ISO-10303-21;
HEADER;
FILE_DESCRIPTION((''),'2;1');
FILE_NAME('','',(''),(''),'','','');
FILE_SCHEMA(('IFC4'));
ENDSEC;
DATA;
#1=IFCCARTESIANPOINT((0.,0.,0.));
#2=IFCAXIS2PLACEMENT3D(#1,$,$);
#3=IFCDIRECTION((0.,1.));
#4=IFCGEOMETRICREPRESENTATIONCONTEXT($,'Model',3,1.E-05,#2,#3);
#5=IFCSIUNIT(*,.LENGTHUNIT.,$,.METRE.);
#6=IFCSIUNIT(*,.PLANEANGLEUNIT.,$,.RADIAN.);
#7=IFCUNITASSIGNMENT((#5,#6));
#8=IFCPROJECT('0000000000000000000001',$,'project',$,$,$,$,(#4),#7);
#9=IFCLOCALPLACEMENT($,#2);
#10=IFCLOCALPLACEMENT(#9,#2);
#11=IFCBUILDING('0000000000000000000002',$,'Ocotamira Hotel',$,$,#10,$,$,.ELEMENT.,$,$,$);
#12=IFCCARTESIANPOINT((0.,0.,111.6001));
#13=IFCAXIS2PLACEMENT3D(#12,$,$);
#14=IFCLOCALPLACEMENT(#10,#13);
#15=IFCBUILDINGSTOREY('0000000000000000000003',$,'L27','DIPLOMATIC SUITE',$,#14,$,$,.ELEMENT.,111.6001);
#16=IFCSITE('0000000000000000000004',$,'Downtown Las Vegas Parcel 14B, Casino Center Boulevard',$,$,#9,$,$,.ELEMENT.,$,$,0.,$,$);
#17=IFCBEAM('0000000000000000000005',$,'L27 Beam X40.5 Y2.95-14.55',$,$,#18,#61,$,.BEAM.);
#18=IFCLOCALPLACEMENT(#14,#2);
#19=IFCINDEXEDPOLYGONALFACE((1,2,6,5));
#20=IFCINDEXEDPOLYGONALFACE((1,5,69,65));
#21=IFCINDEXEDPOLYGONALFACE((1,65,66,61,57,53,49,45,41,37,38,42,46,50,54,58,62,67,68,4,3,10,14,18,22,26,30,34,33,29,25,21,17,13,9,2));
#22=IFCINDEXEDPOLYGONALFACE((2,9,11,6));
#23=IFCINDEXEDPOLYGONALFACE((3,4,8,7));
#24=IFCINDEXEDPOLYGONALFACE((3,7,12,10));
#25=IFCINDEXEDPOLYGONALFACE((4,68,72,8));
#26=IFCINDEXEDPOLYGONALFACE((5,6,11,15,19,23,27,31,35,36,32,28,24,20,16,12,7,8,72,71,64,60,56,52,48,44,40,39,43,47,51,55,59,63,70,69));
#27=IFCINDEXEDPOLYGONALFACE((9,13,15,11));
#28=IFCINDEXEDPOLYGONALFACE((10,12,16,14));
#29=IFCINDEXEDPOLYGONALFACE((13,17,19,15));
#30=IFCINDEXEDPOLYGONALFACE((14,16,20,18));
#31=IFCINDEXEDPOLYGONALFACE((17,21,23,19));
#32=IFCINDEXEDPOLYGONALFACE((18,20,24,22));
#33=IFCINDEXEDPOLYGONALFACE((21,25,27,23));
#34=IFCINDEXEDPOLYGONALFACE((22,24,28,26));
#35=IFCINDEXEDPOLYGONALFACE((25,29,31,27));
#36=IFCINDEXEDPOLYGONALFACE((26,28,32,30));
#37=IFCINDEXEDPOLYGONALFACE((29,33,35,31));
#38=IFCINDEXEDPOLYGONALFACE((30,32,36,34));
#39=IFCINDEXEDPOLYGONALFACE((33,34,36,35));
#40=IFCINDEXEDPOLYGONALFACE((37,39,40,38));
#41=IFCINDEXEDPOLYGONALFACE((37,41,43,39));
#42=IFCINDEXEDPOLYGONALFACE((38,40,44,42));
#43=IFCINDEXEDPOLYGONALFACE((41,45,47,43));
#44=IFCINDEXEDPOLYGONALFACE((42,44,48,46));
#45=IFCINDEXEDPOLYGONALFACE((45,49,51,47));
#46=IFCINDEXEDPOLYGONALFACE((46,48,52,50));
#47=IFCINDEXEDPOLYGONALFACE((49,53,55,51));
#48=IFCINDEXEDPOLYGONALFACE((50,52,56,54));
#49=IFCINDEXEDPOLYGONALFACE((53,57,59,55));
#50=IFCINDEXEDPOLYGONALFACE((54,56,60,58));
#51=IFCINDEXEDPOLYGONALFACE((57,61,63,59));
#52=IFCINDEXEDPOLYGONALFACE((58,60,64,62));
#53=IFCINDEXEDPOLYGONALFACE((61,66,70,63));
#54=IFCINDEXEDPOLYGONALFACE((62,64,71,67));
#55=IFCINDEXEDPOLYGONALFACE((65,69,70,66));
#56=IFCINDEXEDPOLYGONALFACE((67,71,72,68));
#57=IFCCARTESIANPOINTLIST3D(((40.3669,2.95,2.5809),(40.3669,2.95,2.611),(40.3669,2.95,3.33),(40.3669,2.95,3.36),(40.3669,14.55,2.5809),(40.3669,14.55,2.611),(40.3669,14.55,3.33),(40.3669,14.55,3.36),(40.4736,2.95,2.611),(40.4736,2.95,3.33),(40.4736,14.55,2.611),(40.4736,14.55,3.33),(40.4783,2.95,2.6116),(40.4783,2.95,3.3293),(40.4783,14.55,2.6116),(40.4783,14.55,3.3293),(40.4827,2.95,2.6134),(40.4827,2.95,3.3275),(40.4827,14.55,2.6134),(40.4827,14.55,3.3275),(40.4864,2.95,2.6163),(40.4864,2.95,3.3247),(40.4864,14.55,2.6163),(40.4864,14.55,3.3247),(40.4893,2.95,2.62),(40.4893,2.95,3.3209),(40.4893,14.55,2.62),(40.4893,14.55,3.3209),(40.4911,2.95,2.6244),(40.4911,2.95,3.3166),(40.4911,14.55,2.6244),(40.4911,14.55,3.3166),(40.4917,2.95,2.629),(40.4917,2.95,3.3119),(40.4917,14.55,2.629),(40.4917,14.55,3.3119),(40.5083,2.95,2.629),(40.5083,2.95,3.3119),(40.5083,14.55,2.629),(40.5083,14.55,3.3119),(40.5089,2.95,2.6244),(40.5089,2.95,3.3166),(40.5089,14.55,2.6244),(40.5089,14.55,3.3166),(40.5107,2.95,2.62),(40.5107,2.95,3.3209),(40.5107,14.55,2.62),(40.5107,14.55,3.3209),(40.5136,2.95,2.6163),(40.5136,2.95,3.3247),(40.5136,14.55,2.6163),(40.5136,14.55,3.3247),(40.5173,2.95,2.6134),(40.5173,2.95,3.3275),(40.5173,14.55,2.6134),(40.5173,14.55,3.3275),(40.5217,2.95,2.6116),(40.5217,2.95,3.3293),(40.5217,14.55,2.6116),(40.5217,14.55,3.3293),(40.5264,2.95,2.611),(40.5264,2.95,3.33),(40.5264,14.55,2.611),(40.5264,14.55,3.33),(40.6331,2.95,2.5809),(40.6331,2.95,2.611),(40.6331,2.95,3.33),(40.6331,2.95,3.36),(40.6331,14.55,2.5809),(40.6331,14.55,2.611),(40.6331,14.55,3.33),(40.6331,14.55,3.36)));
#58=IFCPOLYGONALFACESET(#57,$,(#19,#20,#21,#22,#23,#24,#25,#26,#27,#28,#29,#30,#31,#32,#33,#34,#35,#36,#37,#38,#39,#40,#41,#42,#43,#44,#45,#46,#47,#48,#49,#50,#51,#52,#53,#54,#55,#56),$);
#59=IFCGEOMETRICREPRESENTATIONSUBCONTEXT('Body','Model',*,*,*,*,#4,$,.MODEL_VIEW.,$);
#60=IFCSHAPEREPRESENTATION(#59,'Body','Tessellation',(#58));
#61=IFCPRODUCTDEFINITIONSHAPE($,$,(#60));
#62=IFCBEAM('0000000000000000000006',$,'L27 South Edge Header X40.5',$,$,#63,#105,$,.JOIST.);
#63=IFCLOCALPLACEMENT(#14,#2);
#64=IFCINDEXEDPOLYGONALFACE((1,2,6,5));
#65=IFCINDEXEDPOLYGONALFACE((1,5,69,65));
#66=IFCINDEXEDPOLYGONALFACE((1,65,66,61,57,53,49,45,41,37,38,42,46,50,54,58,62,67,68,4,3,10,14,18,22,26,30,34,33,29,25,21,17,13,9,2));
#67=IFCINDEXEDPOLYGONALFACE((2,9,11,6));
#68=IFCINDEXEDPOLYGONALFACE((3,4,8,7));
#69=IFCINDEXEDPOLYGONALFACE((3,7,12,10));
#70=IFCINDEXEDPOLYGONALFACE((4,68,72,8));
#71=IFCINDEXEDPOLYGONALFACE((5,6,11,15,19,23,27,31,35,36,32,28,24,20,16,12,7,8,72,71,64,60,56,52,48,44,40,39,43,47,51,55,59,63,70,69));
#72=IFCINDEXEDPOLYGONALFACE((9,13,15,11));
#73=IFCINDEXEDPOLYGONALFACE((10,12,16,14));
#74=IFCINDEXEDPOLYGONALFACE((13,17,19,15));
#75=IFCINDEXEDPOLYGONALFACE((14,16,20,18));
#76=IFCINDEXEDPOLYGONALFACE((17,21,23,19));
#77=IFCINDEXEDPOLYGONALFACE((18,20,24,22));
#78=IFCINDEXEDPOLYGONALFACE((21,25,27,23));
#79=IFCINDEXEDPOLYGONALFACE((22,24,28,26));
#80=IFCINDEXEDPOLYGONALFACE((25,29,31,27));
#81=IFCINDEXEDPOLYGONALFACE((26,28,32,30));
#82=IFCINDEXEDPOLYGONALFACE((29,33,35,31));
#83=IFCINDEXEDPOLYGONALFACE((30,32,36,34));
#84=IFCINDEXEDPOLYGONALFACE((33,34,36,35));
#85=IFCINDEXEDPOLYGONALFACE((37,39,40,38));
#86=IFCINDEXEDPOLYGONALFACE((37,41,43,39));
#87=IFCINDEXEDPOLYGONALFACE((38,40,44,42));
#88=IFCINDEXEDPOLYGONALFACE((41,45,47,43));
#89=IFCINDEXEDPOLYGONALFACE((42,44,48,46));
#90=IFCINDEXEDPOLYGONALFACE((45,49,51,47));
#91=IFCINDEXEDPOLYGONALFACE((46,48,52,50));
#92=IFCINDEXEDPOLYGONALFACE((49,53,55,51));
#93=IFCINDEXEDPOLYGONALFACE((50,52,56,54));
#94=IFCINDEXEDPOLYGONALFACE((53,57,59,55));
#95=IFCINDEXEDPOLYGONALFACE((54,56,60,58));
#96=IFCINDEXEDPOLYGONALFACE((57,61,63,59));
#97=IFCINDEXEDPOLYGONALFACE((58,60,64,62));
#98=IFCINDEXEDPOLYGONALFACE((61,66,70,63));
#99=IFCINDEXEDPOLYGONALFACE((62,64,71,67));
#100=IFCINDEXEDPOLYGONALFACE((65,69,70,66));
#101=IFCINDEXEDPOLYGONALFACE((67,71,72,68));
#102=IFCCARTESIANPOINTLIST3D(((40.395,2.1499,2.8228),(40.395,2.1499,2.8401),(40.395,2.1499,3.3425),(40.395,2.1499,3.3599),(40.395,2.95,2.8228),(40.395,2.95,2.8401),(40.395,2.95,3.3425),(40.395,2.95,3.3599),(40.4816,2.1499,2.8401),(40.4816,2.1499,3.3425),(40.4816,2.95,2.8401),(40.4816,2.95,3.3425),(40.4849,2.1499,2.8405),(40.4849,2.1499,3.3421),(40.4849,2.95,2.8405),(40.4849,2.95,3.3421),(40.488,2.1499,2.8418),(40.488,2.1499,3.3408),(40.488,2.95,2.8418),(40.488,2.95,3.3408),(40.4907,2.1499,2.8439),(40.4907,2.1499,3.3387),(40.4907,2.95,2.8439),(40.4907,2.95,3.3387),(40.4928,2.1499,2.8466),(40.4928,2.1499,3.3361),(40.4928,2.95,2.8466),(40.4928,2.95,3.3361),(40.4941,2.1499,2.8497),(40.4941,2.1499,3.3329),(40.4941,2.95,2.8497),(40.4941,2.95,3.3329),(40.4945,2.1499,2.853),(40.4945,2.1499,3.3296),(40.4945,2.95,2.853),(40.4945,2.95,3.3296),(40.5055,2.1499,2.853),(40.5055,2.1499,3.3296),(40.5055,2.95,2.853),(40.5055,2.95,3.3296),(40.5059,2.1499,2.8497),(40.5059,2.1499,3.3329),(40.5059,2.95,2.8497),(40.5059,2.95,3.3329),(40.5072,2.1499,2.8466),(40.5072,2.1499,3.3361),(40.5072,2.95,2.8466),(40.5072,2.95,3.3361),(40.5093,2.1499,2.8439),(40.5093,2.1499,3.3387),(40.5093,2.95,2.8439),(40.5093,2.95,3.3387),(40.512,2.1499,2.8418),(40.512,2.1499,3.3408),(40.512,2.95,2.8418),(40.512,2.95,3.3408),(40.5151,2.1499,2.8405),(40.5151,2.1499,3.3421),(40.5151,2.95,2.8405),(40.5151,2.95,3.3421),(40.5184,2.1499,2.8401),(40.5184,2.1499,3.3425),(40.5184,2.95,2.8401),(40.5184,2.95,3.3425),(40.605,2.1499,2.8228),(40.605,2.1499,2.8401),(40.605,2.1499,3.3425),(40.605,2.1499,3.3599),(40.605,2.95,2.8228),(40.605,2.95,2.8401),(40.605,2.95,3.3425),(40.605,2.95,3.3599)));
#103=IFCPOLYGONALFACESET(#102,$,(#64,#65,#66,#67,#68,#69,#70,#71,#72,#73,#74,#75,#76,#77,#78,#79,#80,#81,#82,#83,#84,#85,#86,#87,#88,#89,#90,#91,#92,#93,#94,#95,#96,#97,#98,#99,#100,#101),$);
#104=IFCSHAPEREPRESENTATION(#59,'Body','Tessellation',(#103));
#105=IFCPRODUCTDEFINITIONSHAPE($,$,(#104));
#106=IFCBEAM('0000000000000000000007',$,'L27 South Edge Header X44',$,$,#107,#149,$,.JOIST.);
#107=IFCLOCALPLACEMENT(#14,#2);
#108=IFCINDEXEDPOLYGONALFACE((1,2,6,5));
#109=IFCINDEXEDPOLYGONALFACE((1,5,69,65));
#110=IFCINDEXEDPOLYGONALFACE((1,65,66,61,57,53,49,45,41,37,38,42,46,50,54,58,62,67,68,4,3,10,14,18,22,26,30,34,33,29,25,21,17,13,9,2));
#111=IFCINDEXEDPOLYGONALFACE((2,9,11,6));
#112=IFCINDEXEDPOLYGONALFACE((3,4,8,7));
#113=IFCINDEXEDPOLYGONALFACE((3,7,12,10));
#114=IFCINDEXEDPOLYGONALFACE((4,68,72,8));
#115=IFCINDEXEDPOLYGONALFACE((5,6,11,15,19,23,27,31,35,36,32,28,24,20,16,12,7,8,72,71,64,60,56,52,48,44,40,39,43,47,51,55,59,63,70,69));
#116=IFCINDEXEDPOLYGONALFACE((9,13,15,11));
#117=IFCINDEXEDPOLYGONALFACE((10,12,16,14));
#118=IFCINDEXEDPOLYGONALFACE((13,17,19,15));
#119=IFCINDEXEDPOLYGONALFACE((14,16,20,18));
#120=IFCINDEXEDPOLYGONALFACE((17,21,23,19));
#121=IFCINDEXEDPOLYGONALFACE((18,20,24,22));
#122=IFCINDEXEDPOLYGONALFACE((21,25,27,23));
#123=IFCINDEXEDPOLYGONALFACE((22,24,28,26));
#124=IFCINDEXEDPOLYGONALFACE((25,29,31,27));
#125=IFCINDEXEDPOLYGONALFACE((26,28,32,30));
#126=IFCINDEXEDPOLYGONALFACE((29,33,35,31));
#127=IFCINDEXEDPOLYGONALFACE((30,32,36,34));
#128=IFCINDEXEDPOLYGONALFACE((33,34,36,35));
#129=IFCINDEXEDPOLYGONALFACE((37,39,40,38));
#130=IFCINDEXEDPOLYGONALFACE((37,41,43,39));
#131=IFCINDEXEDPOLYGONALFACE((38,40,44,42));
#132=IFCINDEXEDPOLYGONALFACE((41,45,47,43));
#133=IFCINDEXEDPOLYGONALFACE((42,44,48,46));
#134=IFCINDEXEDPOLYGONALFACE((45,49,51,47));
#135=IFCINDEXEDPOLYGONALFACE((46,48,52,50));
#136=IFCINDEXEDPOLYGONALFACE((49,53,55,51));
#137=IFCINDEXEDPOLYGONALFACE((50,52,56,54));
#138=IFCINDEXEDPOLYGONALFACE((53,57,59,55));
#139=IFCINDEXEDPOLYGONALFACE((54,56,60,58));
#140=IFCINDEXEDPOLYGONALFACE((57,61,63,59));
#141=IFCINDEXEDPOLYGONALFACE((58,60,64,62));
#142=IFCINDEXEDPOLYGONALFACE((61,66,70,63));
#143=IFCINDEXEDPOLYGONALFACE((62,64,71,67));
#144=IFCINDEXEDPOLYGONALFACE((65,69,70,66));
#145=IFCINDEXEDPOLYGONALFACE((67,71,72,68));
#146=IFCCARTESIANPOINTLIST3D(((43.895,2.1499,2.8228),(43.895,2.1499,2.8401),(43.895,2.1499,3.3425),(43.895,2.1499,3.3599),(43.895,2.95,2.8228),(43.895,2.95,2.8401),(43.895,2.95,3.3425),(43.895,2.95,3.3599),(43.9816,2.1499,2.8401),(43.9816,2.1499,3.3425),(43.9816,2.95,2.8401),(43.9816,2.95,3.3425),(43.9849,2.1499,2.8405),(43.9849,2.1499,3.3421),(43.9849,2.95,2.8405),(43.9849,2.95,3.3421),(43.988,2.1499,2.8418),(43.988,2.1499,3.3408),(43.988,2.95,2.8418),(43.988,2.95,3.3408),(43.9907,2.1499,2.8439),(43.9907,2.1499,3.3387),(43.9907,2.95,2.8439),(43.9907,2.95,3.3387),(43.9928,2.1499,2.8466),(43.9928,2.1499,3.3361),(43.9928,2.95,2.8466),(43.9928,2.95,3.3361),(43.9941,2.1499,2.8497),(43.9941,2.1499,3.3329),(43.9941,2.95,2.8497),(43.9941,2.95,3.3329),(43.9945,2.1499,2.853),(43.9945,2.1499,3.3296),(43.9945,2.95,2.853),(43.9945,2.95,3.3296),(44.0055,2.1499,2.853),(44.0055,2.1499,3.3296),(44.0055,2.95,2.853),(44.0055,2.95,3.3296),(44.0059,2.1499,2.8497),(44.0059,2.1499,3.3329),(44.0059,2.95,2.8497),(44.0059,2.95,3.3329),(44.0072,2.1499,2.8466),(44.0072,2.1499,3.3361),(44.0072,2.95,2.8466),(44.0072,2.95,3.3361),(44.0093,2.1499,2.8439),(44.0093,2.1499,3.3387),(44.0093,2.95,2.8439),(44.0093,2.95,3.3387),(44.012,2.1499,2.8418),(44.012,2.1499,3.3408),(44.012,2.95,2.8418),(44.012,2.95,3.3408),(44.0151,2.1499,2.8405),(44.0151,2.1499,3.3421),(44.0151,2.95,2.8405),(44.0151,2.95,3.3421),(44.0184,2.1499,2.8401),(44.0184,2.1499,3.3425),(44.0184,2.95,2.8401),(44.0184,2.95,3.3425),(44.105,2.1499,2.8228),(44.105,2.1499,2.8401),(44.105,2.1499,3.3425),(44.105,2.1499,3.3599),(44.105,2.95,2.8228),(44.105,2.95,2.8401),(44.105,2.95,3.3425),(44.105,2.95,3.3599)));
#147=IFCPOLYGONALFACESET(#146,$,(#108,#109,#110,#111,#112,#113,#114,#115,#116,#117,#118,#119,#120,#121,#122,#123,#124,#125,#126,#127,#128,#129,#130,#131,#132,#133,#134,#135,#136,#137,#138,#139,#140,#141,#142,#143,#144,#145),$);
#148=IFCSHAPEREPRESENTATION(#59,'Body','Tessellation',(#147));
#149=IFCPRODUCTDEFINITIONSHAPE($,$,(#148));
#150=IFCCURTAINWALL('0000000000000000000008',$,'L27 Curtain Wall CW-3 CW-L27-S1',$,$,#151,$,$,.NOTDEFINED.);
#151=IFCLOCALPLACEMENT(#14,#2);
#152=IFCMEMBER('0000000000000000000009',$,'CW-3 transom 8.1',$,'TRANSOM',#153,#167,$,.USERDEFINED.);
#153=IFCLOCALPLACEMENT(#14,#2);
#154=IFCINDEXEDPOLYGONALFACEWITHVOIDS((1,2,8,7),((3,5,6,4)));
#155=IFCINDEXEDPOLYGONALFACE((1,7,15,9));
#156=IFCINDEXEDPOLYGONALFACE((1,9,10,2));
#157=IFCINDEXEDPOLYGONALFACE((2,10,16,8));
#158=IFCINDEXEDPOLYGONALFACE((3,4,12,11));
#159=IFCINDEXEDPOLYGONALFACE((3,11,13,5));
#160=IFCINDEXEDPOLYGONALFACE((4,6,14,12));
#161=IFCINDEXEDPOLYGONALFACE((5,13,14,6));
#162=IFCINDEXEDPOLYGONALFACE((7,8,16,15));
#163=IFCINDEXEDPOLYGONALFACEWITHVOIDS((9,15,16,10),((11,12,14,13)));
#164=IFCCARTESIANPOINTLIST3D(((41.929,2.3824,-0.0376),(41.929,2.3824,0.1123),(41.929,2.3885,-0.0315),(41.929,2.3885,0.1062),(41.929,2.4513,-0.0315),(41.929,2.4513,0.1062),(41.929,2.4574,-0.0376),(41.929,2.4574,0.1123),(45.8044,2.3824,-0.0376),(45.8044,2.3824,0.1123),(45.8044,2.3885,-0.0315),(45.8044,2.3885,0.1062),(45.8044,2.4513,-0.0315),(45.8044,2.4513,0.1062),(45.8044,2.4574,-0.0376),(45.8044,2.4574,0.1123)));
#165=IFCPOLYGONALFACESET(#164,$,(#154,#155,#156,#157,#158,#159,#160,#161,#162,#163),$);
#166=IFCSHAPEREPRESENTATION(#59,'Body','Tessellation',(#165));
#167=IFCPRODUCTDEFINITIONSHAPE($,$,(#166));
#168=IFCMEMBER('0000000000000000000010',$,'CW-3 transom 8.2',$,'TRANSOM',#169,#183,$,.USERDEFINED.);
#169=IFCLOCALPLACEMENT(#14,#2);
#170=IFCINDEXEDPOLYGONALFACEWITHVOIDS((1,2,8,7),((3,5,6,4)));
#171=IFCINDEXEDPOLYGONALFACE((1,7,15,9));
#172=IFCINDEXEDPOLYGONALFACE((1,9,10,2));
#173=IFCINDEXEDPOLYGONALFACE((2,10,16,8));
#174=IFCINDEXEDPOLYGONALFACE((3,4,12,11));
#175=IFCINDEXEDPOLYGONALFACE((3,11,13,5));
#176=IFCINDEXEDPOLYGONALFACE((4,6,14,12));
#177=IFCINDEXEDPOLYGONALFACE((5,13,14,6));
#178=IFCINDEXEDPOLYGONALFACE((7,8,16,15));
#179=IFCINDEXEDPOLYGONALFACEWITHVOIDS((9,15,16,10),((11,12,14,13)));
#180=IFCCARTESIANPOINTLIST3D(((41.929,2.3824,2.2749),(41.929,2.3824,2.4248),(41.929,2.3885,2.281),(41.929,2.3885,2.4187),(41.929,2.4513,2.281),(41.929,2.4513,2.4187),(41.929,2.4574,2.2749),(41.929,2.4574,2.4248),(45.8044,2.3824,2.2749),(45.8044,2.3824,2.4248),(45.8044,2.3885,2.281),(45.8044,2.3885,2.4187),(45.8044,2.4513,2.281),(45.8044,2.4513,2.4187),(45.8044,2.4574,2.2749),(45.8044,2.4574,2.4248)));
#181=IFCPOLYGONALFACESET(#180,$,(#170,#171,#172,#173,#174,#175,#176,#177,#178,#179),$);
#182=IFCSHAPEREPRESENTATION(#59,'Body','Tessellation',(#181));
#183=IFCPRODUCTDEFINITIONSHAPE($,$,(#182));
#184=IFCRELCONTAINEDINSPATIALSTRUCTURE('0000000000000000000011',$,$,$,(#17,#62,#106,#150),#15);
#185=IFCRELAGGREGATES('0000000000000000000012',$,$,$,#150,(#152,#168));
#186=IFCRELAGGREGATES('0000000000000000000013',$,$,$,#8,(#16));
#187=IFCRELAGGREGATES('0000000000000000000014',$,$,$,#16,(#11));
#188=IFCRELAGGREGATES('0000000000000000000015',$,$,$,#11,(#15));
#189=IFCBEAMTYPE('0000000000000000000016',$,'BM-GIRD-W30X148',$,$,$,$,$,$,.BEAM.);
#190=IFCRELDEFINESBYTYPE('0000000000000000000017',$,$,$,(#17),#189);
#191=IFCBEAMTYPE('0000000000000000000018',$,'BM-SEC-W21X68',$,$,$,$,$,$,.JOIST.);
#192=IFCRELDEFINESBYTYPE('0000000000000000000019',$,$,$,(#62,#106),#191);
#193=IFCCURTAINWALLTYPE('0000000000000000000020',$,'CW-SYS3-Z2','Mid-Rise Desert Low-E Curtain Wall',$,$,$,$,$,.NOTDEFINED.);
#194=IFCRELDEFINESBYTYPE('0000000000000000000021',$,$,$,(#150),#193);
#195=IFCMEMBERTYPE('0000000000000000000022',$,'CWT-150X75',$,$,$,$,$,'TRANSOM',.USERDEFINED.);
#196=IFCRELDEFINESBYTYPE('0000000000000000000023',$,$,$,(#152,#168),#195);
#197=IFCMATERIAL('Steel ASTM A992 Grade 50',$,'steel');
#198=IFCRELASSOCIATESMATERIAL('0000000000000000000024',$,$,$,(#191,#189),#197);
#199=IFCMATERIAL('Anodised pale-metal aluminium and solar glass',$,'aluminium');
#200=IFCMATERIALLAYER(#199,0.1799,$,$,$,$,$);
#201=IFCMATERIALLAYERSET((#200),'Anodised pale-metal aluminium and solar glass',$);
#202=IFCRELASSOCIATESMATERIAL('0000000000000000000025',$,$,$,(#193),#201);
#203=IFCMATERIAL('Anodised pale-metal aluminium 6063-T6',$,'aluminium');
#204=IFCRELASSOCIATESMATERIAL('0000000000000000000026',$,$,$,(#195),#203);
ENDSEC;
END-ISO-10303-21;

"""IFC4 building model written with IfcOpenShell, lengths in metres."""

from ifc_helpers import new_model, si_unit, direction, frame, origin, origin_2d, place, context, subcontext, project, spatial, hollow_rectangle, i_section, extrude, source, transform, mapped, material, layer, layer_set, material_profile, profile_set, type_object, element, aggregate, save


model = new_model("IFC4")

# Units and contexts
model_context = context("Model", 3, precision=1e-05, world=origin(), true_north=direction((0.0, 1.0)))
body_context = subcontext(model_context, "Body", "Model", "MODEL_VIEW")
ifc_project = project(units=[si_unit("LENGTHUNIT", "METRE"), si_unit("PLANEANGLEUNIT", "RADIAN")], contexts=[model_context])

# Site, building, storey
site_placement = place(None, origin())
site = spatial("IfcSite", under=ifc_project, at=site_placement, Name="Downtown Las Vegas Parcel 14B, Casino Center Boulevard", CompositionType="ELEMENT", RefElevation=0.0)
building_placement = place(site_placement, origin())
building = spatial("IfcBuilding", under=site, at=building_placement, Name="Ocotamira Hotel", CompositionType="ELEMENT")
storey_placement = place(building_placement, frame((0.0, 0.0, 111.6001)))
storey = spatial("IfcBuildingStorey", under=building, at=storey_placement, Name="L27", Description="DIPLOMATIC SUITE", CompositionType="ELEMENT", Elevation=111.6001)

# Beams
ifc_material_1 = material(Name="Steel ASTM A992 Grade 50", Category="steel")
ifc_material_profile_1 = material_profile(ifc_material_1, i_section(OverallWidth=0.21, OverallDepth=0.5371, WebThickness=0.011, FlangeThickness=0.0173, FilletRadius=0.0129, at=origin_2d()), Name="W21X68")
ifc_profile_set_1 = profile_set([ifc_material_profile_1], Name="Steel ASTM A992 Grade 50")
beam_type_1 = type_object("IfcBeamType", Name="BM-SEC-W21X68", PredefinedType="JOIST", material=ifc_profile_set_1)
ifc_material_profile_2 = material_profile(ifc_material_1, i_section(OverallWidth=0.2661, OverallDepth=0.7791, WebThickness=0.0166, FlangeThickness=0.03, FilletRadius=0.0181, at=origin_2d()), Name="W30X148")
ifc_profile_set_2 = profile_set([ifc_material_profile_2], Name="Steel ASTM A992 Grade 50")
beam_type_2 = type_object("IfcBeamType", Name="BM-GIRD-W30X148", PredefinedType="BEAM", material=ifc_profile_set_2)
shared_shape_1 = source(origin(), body_context, "Body", "SweptSolid", [
    extrude(i_section(OverallWidth=0.2661, OverallDepth=0.7791, WebThickness=0.0166, FlangeThickness=0.03, FilletRadius=0.0181, at=origin_2d()), origin(), (0.0, 0.0, 1.0), 11.6001),
])
beam_1_placement = place(storey_placement, frame((40.5, 2.95, 2.9705), z_axis=(0.0, 1.0, 0.0), x_axis=(-1.0, 0.0, 0.0)))
element("IfcBeam", 1, at=beam_1_placement, inside=storey, type_object=beam_type_2, Name="L27 Beam X40.5 Y2.95-14.55", PredefinedType="BEAM", context=body_context, shape_type="MappedRepresentation", body=[
    mapped(shared_shape_1, transform((0.0, 0.0, 0.0), scale=1.0)),
])
shared_shape_2 = source(origin(), body_context, "Body", "SweptSolid", [
    extrude(i_section(OverallWidth=0.21, OverallDepth=0.5371, WebThickness=0.011, FlangeThickness=0.0173, FilletRadius=0.0129, at=origin_2d()), origin(), (0.0, 0.0, 1.0), 0.8),
])
for number, where, z_axis, x_axis, name in (
    (2, (40.5, 2.95, 3.0913), (0.0, -1.0, 0.0), (1.0, 0.0, 0.0), "L27 South Edge Header X40.5"),
    (3, (44.0, 2.95, 3.0913), (0.0, -1.0, 0.0), (1.0, 0.0, 0.0), "L27 South Edge Header X44"),
):
    element("IfcBeam", number, at=place(storey_placement, frame(where, z_axis=z_axis, x_axis=x_axis)), inside=storey, type_object=beam_type_1, Name=name, PredefinedType="JOIST", context=body_context, shape_type="MappedRepresentation", body=[
        mapped(shared_shape_2, transform((0.0, 0.0, 0.0), scale=1.0)),
    ])

# Curtain wall, members
ifc_material_2 = material(Name="Anodised pale-metal aluminium and solar glass", Category="aluminium")
ifc_layer_1 = layer(ifc_material_2, 0.1799)
ifc_layer_set_1 = layer_set([ifc_layer_1], Name="Anodised pale-metal aluminium and solar glass")
curtain_wall_type = type_object("IfcCurtainWallType", Name="CW-SYS3-Z2", Description="Mid-Rise Desert Low-E Curtain Wall", PredefinedType="NOTDEFINED", material=ifc_layer_set_1)
curtain_wall_placement = place(storey_placement, origin())
curtain_wall = element("IfcCurtainWall", 4, at=curtain_wall_placement, inside=storey, type_object=curtain_wall_type, Name="L27 Curtain Wall CW-3 CW-L27-S1", PredefinedType="NOTDEFINED")
ifc_material_3 = material(Name="Anodised pale-metal aluminium 6063-T6", Category="aluminium")
ifc_material_profile_3 = material_profile(ifc_material_3, hollow_rectangle(XDim=0.075, YDim=0.1499, WallThickness=0.0061, at=origin_2d()), Name="HSS150X75X6")
ifc_profile_set_3 = profile_set([ifc_material_profile_3], Name="Anodised pale-metal aluminium 6063-T6")
member_type_1 = type_object("IfcMemberType", Name="CWT-150X75", ElementType="TRANSOM", PredefinedType="USERDEFINED", material=ifc_profile_set_3)
shared_shape_3 = source(origin(), body_context, "Body", "SweptSolid", [
    extrude(hollow_rectangle(XDim=0.075, YDim=0.1499, WallThickness=0.0061, at=origin_2d()), origin(), (0.0, 0.0, 1.0), 3.8755),
])
member_1_placement = place(storey_placement, frame((41.929, 2.4199, 0.0374), z_axis=(1.0, 0.0, 0.0), x_axis=(0.0, 1.0, 0.0)))
member_1 = element("IfcMember", 5, at=member_1_placement, type_object=member_type_1, Name="CW-3 transom 8.1", ObjectType="TRANSOM", PredefinedType="USERDEFINED", context=body_context, shape_type="MappedRepresentation", body=[
    mapped(shared_shape_3, transform((0.0, 0.0, 0.0), scale=1.0)),
])
member_2_placement = place(storey_placement, frame((41.929, 2.4199, 2.3499), z_axis=(1.0, 0.0, 0.0), x_axis=(0.0, 1.0, 0.0)))
member_2 = element("IfcMember", 6, at=member_2_placement, type_object=member_type_1, Name="CW-3 transom 8.2", ObjectType="TRANSOM", PredefinedType="USERDEFINED", context=body_context, shape_type="MappedRepresentation", body=[
    mapped(shared_shape_3, transform((0.0, 0.0, 0.0), scale=1.0)),
])
aggregate(curtain_wall, [member_1, member_2])

save(model, "model.ifc")
